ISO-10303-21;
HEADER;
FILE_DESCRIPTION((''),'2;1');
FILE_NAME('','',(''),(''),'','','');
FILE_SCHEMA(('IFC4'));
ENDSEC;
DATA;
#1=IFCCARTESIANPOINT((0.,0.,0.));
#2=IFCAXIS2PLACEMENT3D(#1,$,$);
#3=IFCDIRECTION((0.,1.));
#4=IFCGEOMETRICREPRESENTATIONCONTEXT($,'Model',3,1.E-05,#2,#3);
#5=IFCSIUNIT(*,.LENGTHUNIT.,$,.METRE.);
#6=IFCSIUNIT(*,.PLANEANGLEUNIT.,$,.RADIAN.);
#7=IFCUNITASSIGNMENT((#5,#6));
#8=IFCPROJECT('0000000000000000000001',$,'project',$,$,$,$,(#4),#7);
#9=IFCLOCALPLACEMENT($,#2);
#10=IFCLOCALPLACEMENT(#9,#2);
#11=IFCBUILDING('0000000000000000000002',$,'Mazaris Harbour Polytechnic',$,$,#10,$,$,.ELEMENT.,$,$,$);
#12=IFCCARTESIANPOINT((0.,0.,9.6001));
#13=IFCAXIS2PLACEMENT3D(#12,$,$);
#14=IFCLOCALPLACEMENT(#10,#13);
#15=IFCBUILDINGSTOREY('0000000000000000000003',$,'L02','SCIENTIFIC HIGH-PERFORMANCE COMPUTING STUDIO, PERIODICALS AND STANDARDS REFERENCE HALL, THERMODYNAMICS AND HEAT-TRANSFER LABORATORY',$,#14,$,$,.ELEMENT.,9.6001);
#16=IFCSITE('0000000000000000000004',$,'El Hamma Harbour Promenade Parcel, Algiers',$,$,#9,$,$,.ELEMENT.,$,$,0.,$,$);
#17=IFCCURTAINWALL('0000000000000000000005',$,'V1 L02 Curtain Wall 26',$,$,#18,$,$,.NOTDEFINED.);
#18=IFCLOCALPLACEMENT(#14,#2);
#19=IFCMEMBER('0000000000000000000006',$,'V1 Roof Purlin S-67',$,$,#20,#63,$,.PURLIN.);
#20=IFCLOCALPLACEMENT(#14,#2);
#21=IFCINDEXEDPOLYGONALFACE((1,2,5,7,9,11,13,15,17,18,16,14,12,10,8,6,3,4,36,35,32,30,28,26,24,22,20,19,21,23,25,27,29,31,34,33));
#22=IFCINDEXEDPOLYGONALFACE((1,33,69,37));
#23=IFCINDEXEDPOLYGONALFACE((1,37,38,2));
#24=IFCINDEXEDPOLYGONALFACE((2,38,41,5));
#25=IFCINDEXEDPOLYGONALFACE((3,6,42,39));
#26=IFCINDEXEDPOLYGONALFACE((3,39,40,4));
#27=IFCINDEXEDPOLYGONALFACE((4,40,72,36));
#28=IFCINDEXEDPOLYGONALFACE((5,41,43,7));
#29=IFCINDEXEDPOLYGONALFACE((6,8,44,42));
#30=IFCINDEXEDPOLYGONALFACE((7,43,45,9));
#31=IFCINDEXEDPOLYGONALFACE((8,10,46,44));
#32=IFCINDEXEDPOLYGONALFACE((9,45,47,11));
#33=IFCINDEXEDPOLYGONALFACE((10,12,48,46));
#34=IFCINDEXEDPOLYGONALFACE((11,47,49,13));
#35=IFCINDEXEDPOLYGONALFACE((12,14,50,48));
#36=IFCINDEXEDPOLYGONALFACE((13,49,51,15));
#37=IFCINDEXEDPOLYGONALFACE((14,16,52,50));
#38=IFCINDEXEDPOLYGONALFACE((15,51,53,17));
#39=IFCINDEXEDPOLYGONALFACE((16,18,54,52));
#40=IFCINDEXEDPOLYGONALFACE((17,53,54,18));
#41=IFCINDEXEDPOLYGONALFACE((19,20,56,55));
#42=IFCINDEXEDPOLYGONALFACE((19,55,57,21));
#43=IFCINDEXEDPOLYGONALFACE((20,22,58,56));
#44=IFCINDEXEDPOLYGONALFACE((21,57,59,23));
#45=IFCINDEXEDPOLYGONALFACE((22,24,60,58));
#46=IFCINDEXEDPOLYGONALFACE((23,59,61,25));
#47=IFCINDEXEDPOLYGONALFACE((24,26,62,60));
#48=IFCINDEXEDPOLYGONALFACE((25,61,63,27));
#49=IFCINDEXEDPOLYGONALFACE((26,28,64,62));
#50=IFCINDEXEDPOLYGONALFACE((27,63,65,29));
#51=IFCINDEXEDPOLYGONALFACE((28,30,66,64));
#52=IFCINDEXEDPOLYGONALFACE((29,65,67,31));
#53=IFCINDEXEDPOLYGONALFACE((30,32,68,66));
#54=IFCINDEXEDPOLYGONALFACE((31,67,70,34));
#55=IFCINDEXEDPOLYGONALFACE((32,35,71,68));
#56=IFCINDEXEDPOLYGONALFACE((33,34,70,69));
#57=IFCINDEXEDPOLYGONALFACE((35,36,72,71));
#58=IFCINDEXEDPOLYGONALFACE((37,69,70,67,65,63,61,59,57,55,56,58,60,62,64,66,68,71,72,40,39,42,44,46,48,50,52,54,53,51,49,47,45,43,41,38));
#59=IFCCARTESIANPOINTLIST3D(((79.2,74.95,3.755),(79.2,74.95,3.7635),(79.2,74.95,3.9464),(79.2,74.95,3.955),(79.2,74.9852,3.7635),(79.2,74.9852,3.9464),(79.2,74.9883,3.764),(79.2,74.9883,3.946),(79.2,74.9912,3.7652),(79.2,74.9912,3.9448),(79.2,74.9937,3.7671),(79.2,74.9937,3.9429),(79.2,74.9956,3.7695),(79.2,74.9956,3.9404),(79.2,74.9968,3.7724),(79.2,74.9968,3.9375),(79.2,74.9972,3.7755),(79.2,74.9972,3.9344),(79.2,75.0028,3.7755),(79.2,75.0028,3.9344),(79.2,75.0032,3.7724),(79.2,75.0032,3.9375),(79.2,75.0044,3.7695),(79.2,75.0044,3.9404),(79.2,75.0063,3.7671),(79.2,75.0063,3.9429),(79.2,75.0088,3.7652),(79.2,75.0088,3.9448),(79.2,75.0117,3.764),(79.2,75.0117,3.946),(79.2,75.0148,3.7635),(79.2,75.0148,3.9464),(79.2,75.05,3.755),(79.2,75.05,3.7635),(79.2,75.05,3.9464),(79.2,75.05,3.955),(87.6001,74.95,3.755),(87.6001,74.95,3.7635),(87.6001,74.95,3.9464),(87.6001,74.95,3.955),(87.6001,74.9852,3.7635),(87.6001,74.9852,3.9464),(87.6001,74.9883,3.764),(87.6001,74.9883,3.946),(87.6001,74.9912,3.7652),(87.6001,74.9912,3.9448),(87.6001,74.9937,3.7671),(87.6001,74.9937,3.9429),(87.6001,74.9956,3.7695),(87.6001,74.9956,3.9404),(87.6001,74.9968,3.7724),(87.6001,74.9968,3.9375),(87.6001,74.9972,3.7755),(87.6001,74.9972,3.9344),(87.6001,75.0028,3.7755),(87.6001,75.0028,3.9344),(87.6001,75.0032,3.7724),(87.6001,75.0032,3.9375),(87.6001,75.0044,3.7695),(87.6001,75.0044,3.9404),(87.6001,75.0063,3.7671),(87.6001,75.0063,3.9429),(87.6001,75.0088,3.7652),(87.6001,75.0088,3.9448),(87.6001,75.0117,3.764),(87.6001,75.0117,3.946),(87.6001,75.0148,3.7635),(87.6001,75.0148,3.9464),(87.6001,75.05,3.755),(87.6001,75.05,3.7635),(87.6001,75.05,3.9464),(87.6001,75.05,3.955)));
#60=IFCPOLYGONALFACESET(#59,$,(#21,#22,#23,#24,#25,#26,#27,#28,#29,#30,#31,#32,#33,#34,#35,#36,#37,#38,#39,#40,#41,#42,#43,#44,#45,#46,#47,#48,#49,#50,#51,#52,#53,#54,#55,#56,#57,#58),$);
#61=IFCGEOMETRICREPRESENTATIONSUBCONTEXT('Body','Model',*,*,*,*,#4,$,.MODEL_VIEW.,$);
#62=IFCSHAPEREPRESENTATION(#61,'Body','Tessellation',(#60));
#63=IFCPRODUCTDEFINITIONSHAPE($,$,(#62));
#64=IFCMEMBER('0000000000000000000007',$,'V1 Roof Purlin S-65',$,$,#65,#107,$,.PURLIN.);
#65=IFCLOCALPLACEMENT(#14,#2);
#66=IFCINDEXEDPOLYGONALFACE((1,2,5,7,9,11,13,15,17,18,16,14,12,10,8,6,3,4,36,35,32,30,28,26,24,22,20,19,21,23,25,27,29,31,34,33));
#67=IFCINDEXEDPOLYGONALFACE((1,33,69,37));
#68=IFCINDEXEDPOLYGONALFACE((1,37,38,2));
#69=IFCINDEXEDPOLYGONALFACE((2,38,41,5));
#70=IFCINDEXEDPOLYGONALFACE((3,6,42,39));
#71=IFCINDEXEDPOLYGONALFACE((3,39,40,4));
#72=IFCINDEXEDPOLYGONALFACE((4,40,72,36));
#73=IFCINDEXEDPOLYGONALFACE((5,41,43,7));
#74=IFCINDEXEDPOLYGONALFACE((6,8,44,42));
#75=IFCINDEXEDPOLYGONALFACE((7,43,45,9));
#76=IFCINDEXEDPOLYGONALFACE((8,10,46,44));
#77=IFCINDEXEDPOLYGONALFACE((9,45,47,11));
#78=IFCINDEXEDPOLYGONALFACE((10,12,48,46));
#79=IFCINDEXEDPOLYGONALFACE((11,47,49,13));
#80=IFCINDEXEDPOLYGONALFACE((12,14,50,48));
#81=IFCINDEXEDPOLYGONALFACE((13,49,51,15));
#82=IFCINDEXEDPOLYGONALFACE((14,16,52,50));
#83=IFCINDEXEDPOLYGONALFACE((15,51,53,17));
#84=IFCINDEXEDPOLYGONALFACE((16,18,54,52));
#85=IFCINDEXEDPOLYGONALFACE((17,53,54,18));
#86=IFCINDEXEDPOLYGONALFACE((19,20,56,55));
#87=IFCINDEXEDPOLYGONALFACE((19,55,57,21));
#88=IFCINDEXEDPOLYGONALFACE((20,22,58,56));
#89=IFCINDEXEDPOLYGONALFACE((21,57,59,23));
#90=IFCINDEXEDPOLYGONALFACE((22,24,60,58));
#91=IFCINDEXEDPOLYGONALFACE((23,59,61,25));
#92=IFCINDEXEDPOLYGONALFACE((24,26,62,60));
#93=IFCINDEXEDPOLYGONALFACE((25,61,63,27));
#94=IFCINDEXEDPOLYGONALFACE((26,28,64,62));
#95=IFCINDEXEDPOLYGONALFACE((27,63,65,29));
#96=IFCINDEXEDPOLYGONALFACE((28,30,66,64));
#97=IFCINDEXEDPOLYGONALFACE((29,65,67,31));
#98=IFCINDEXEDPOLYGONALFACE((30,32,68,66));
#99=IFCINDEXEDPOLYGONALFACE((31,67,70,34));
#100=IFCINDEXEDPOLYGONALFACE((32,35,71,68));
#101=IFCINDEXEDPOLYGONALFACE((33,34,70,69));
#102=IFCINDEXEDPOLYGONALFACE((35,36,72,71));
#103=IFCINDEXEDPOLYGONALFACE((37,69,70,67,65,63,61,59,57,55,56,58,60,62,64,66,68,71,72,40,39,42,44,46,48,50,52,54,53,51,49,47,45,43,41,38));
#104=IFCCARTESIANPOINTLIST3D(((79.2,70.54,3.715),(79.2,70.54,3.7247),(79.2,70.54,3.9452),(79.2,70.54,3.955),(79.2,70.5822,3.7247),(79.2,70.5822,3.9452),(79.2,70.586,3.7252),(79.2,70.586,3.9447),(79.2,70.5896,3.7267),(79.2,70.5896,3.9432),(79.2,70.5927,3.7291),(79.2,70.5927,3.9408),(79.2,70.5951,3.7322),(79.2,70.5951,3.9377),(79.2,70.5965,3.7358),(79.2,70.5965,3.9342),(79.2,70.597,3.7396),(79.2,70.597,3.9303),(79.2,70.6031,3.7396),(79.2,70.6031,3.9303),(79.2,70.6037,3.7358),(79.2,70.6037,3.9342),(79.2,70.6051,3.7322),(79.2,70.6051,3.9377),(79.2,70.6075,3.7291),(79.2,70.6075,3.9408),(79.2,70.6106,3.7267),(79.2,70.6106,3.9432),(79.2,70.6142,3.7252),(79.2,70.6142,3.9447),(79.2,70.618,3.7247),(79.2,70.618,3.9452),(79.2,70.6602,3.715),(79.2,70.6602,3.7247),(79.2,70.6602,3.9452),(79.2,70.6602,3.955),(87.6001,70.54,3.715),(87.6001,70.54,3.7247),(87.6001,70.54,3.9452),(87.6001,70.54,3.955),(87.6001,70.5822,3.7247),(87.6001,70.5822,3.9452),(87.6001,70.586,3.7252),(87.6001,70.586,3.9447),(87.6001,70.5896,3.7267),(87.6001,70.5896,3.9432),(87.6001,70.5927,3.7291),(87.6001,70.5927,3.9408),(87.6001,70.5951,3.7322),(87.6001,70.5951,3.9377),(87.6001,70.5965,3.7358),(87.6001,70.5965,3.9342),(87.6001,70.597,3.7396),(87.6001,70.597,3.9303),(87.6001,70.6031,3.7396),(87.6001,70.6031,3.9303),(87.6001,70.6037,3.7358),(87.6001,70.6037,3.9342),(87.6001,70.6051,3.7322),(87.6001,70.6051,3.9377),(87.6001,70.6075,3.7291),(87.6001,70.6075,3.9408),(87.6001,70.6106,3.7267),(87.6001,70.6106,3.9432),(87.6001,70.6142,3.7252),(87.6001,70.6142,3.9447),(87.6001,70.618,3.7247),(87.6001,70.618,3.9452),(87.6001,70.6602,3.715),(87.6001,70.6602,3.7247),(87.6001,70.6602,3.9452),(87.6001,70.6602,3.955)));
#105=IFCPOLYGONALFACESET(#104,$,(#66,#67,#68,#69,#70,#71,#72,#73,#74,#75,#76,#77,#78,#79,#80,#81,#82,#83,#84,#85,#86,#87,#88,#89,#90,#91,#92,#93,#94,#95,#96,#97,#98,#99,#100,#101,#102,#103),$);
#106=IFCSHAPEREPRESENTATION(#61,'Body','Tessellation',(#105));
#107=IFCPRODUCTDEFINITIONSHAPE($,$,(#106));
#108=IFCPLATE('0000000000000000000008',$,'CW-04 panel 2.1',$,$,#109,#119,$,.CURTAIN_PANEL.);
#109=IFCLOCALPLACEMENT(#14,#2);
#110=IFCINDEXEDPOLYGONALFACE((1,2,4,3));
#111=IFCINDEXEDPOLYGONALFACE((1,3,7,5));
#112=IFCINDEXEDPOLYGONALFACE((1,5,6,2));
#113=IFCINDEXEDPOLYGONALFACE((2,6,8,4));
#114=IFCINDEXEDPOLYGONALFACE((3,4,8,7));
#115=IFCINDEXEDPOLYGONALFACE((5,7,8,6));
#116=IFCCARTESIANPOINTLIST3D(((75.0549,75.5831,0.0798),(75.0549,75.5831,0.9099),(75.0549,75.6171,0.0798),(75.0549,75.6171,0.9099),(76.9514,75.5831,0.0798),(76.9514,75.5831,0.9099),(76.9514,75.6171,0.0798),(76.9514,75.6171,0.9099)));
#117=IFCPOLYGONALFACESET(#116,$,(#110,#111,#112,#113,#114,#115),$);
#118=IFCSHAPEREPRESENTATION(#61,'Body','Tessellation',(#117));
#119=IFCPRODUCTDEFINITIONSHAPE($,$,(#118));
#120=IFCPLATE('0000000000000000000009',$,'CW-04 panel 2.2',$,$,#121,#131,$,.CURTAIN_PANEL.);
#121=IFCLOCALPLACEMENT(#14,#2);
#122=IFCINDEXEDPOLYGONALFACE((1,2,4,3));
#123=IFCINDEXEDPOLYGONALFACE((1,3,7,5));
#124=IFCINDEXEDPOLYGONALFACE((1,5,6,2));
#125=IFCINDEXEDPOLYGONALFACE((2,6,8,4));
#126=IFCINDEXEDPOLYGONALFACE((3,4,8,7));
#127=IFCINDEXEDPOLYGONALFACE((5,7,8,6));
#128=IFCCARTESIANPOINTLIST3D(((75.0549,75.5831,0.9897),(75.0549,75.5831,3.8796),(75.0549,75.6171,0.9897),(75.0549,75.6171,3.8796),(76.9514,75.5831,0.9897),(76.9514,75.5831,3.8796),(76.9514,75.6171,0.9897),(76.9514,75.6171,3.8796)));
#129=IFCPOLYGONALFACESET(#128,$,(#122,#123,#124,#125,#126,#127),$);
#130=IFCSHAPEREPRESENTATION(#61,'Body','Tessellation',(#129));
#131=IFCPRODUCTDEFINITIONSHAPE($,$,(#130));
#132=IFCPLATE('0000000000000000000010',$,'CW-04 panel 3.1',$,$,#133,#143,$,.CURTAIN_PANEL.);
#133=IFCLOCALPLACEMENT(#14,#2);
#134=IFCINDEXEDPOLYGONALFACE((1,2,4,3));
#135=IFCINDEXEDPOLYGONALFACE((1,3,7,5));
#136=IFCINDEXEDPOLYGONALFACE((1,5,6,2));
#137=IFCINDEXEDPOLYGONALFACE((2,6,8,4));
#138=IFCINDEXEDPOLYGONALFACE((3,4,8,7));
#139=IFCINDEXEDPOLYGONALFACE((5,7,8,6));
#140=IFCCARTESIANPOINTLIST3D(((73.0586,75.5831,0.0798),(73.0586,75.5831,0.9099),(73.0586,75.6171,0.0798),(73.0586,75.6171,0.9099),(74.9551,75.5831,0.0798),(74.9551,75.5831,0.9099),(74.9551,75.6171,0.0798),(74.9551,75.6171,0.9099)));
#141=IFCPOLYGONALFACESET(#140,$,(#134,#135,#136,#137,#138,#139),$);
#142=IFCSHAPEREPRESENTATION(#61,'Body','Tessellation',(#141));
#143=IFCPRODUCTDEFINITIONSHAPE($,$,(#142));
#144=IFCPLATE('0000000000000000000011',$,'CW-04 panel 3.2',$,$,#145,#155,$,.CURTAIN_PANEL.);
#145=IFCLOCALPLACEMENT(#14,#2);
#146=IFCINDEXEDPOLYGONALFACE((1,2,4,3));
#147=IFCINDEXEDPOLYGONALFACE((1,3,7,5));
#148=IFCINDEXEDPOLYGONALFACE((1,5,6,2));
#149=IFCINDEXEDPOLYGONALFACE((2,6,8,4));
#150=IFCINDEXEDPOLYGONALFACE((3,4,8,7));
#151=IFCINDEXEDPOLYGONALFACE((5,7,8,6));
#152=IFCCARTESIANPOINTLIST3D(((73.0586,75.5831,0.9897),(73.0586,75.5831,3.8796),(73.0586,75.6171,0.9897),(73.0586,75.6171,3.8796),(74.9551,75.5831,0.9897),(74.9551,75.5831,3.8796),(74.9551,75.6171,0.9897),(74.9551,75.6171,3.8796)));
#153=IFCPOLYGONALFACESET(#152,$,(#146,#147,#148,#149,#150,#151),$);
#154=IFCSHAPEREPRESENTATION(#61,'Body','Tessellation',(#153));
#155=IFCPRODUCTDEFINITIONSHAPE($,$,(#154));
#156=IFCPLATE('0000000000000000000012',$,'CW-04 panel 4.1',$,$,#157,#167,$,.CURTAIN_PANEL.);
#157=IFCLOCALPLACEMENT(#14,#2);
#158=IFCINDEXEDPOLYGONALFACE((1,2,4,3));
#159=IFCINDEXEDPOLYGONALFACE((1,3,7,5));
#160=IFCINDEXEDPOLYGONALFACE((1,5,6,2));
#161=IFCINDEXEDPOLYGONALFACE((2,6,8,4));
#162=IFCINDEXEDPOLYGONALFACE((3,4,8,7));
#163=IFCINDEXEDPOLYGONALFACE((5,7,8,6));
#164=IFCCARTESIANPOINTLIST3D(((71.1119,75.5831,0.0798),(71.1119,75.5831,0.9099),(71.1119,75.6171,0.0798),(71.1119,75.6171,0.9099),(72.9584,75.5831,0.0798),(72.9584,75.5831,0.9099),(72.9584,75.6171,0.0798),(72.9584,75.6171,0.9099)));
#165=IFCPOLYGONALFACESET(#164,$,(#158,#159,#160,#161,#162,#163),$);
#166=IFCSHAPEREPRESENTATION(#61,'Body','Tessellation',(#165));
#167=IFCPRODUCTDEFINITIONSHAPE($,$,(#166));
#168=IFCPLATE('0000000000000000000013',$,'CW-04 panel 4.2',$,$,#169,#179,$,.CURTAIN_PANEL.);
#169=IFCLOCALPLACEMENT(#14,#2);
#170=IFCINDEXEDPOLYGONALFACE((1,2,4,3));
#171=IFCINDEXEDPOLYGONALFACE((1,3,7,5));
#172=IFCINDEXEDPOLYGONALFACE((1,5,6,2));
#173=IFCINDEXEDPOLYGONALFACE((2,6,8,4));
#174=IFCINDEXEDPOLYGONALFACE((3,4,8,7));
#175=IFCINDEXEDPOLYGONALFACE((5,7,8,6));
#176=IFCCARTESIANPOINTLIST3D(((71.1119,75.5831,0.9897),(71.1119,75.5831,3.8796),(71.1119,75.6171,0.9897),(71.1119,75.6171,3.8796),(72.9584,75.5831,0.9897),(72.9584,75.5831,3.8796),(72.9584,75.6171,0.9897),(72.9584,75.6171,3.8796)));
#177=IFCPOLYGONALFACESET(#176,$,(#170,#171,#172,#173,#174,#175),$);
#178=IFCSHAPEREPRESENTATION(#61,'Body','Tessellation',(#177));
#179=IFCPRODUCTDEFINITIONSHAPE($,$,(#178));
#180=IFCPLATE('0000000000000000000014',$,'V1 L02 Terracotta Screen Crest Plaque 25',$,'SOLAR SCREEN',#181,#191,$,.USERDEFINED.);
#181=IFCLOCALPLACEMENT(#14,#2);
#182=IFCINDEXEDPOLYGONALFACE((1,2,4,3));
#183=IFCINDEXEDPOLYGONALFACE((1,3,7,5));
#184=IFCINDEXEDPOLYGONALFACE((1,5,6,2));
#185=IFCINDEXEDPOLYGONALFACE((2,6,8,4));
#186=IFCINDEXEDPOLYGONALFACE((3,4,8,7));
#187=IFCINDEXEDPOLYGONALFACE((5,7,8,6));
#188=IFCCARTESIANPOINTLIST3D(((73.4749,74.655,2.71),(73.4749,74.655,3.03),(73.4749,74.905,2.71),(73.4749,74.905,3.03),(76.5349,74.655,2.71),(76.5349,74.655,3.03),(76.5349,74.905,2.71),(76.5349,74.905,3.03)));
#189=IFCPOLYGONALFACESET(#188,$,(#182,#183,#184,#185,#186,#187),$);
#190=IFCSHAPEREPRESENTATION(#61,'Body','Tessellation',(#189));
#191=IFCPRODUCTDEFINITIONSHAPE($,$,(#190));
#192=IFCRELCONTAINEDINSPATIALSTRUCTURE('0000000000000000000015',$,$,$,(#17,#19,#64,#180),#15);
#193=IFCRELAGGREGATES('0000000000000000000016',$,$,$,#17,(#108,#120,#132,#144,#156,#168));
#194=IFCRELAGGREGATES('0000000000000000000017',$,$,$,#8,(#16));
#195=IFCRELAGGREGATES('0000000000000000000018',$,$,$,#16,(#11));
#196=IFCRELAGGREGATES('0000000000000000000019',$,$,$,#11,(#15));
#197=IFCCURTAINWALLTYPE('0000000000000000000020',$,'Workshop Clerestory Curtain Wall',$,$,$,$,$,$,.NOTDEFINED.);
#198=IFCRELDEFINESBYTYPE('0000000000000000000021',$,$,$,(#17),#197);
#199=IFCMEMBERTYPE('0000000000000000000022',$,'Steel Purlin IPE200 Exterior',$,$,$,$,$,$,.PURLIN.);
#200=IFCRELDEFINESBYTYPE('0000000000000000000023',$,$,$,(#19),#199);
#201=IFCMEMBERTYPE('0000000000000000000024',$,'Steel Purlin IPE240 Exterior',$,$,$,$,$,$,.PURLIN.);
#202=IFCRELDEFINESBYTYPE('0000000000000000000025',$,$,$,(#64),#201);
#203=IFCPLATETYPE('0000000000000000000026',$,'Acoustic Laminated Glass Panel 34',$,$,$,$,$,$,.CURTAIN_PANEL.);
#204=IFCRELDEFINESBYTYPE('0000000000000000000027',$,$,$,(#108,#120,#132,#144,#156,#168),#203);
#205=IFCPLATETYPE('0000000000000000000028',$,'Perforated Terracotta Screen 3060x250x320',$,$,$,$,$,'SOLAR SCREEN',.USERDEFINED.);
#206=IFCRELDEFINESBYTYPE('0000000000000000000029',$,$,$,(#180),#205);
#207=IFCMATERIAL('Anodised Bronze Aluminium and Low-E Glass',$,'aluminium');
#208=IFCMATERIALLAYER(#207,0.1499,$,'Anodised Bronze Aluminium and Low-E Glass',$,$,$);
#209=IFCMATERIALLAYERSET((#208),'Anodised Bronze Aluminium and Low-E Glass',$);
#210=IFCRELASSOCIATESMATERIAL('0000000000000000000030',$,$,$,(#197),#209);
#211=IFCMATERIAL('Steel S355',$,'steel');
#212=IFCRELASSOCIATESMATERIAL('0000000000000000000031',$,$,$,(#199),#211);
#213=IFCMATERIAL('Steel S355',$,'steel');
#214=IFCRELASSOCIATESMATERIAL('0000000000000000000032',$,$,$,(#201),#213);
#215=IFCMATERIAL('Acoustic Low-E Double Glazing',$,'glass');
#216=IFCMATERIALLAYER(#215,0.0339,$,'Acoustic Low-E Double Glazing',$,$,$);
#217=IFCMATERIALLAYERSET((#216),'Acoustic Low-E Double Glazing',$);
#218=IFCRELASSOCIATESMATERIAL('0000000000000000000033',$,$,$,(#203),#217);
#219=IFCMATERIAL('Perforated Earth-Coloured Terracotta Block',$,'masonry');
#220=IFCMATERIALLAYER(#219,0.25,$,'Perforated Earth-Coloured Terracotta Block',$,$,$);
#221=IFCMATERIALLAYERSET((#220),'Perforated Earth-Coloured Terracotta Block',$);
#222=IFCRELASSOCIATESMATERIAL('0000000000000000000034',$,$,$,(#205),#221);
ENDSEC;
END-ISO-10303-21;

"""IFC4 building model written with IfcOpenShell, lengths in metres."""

from ifc_helpers import new_model, si_unit, direction, frame, origin, origin_2d, place, context, subcontext, project, spatial, rectangle, i_section, extrude, material, layer, layer_set, material_profile, profile_set, type_object, element, aggregate, save


model = new_model("IFC4")

# Units and contexts
model_context = context("Model", 3, precision=1e-05, world=origin(), true_north=direction((0.0, 1.0)))
body_context = subcontext(model_context, "Body", "Model", "MODEL_VIEW")
ifc_project = project(units=[si_unit("LENGTHUNIT", "METRE"), si_unit("PLANEANGLEUNIT", "RADIAN")], contexts=[model_context])

# Site, building, storey
site_placement = place(None, origin())
site = spatial("IfcSite", under=ifc_project, at=site_placement, Name="El Hamma Harbour Promenade Parcel, Algiers", CompositionType="ELEMENT", RefElevation=0.0)
building_placement = place(site_placement, origin())
building = spatial("IfcBuilding", under=site, at=building_placement, Name="Mazaris Harbour Polytechnic", CompositionType="ELEMENT")
storey_placement = place(building_placement, frame((0.0, 0.0, 9.6001)))
storey = spatial("IfcBuildingStorey", under=building, at=storey_placement, Name="L02", Description="SCIENTIFIC HIGH-PERFORMANCE COMPUTING STUDIO, PERIODICALS AND STANDARDS REFERENCE HALL, THERMODYNAMICS AND HEAT-TRANSFER LABORATORY", CompositionType="ELEMENT", Elevation=9.6001)

# Curtain wall
ifc_material_1 = material(Name="Anodised Bronze Aluminium and Low-E Glass", Category="aluminium")
ifc_layer_1 = layer(ifc_material_1, 0.1499, Name="Anodised Bronze Aluminium and Low-E Glass")
ifc_layer_set_1 = layer_set([ifc_layer_1], Name="Anodised Bronze Aluminium and Low-E Glass")
curtain_wall_type = type_object("IfcCurtainWallType", Name="Workshop Clerestory Curtain Wall", PredefinedType="NOTDEFINED", material=ifc_layer_set_1)
curtain_wall_placement = place(storey_placement, origin())
curtain_wall = element("IfcCurtainWall", 1, at=curtain_wall_placement, inside=storey, type_object=curtain_wall_type, Name="V1 L02 Curtain Wall 26", PredefinedType="NOTDEFINED")

# Members
ifc_material_2 = material(Name="Steel S355", Category="steel")
ifc_material_profile_1 = material_profile(ifc_material_2, i_section(OverallWidth=0.1001, OverallDepth=0.2, WebThickness=0.0056, FlangeThickness=0.0085, FilletRadius=0.012, at=origin_2d()), Name="IPE 200")
ifc_profile_set_1 = profile_set([ifc_material_profile_1], Name="Steel S355")
member_type_1 = type_object("IfcMemberType", Name="Steel Purlin IPE200 Exterior", PredefinedType="PURLIN", material=ifc_profile_set_1)
for number, where, z_axis, x_axis, name in (
    (2, (79.2, 75.0, 3.855), (1.0, 0.0, 0.0), (0.0, 1.0, 0.0), "V1 Roof Purlin S-67"),
):
    element("IfcMember", number, at=place(storey_placement, frame(where, z_axis=z_axis, x_axis=x_axis)), inside=storey, type_object=member_type_1, Name=name, PredefinedType="PURLIN", context=body_context, shape_type="SweptSolid", body=[
        extrude(i_section(OverallWidth=0.1001, OverallDepth=0.2, WebThickness=0.0056, FlangeThickness=0.0085, FilletRadius=0.012, at=origin_2d()), origin(), (0.0, 0.0, 1.0), 8.4001),
    ])
ifc_material_3 = material(Name="Steel S355", Category="steel")
ifc_material_profile_2 = material_profile(ifc_material_3, i_section(OverallWidth=0.1201, OverallDepth=0.24, WebThickness=0.0061, FlangeThickness=0.0098, FilletRadius=0.0149, at=origin_2d()), Name="IPE 240")
ifc_profile_set_2 = profile_set([ifc_material_profile_2], Name="Steel S355")
member_type_2 = type_object("IfcMemberType", Name="Steel Purlin IPE240 Exterior", PredefinedType="PURLIN", material=ifc_profile_set_2)
member_1_placement = place(storey_placement, frame((79.2, 70.6001, 3.835), z_axis=(1.0, 0.0, 0.0), x_axis=(0.0, 1.0, 0.0)))
element("IfcMember", 3, at=member_1_placement, inside=storey, type_object=member_type_2, Name="V1 Roof Purlin S-65", PredefinedType="PURLIN", context=body_context, shape_type="SweptSolid", body=[
    extrude(i_section(OverallWidth=0.1201, OverallDepth=0.24, WebThickness=0.0061, FlangeThickness=0.0098, FilletRadius=0.0149, at=origin_2d()), origin(), (0.0, 0.0, 1.0), 8.4001),
])

# Plates
ifc_material_4 = material(Name="Acoustic Low-E Double Glazing", Category="glass")
ifc_layer_2 = layer(ifc_material_4, 0.0339, Name="Acoustic Low-E Double Glazing")
ifc_layer_set_2 = layer_set([ifc_layer_2], Name="Acoustic Low-E Double Glazing")
plate_type_1 = type_object("IfcPlateType", Name="Acoustic Laminated Glass Panel 34", PredefinedType="CURTAIN_PANEL", material=ifc_layer_set_2)
plate_1_placement = place(storey_placement, frame((76.0032, 75.6001, 0.0798), z_axis=(0.0, 0.0, 1.0), x_axis=(-1.0, 0.0, 0.0)))
plate_1 = element("IfcPlate", 4, at=plate_1_placement, type_object=plate_type_1, Name="CW-04 panel 2.1", PredefinedType="CURTAIN_PANEL", context=body_context, shape_type="SweptSolid", body=[
    extrude(rectangle(XDim=1.8965, YDim=0.0339, at=origin_2d()), origin(), (0.0, 0.0, 1.0), 0.8301),
])
plate_2_placement = place(storey_placement, frame((76.0032, 75.6001, 0.9897), z_axis=(0.0, 0.0, 1.0), x_axis=(-1.0, 0.0, 0.0)))
plate_2 = element("IfcPlate", 5, at=plate_2_placement, type_object=plate_type_1, Name="CW-04 panel 2.2", PredefinedType="CURTAIN_PANEL", context=body_context, shape_type="SweptSolid", body=[
    extrude(rectangle(XDim=1.8965, YDim=0.0339, at=origin_2d()), origin(), (0.0, 0.0, 1.0), 2.8899),
])
plate_3_placement = place(storey_placement, frame((74.0068, 75.6001, 0.0798), z_axis=(0.0, 0.0, 1.0), x_axis=(-1.0, 0.0, 0.0)))
plate_3 = element("IfcPlate", 6, at=plate_3_placement, type_object=plate_type_1, Name="CW-04 panel 3.1", PredefinedType="CURTAIN_PANEL", context=body_context, shape_type="SweptSolid", body=[
    extrude(rectangle(XDim=1.8965, YDim=0.0339, at=origin_2d()), origin(), (0.0, 0.0, 1.0), 0.8301),
])
plate_4_placement = place(storey_placement, frame((74.0068, 75.6001, 0.9897), z_axis=(0.0, 0.0, 1.0), x_axis=(-1.0, 0.0, 0.0)))
plate_4 = element("IfcPlate", 7, at=plate_4_placement, type_object=plate_type_1, Name="CW-04 panel 3.2", PredefinedType="CURTAIN_PANEL", context=body_context, shape_type="SweptSolid", body=[
    extrude(rectangle(XDim=1.8965, YDim=0.0339, at=origin_2d()), origin(), (0.0, 0.0, 1.0), 2.8899),
])
plate_5_placement = place(storey_placement, frame((72.0352, 75.6001, 0.0798), z_axis=(0.0, 0.0, 1.0), x_axis=(-1.0, 0.0, 0.0)))
plate_5 = element("IfcPlate", 8, at=plate_5_placement, type_object=plate_type_1, Name="CW-04 panel 4.1", PredefinedType="CURTAIN_PANEL", context=body_context, shape_type="SweptSolid", body=[
    extrude(rectangle(XDim=1.8464, YDim=0.0339, at=origin_2d()), origin(), (0.0, 0.0, 1.0), 0.8301),
])
plate_6_placement = place(storey_placement, frame((72.0352, 75.6001, 0.9897), z_axis=(0.0, 0.0, 1.0), x_axis=(-1.0, 0.0, 0.0)))
plate_6 = element("IfcPlate", 9, at=plate_6_placement, type_object=plate_type_1, Name="CW-04 panel 4.2", PredefinedType="CURTAIN_PANEL", context=body_context, shape_type="SweptSolid", body=[
    extrude(rectangle(XDim=1.8464, YDim=0.0339, at=origin_2d()), origin(), (0.0, 0.0, 1.0), 2.8899),
])
aggregate(curtain_wall, [plate_1, plate_2, plate_3, plate_4, plate_5, plate_6])

# Plate
ifc_material_5 = material(Name="Perforated Earth-Coloured Terracotta Block", Category="masonry")
ifc_layer_3 = layer(ifc_material_5, 0.25, Name="Perforated Earth-Coloured Terracotta Block")
ifc_layer_set_3 = layer_set([ifc_layer_3], Name="Perforated Earth-Coloured Terracotta Block")
plate_type_2 = type_object("IfcPlateType", Name="Perforated Terracotta Screen 3060x250x320", ElementType="SOLAR SCREEN", PredefinedType="USERDEFINED", material=ifc_layer_set_3)
for number, where, z_axis, x_axis, name in (
    (10, (75.0049, 74.78, 2.71), (0.0, 0.0, 1.0), (-1.0, 0.0, 0.0), "V1 L02 Terracotta Screen Crest Plaque 25"),
):
    element("IfcPlate", number, at=place(storey_placement, frame(where, z_axis=z_axis, x_axis=x_axis)), inside=storey, type_object=plate_type_2, Name=name, ObjectType="SOLAR SCREEN", PredefinedType="USERDEFINED", context=body_context, shape_type="SweptSolid", body=[
        extrude(rectangle(XDim=3.0601, YDim=0.25, at=origin_2d()), origin(), (0.0, 0.0, 1.0), 0.3201),
    ])

save(model, "model.ifc")
